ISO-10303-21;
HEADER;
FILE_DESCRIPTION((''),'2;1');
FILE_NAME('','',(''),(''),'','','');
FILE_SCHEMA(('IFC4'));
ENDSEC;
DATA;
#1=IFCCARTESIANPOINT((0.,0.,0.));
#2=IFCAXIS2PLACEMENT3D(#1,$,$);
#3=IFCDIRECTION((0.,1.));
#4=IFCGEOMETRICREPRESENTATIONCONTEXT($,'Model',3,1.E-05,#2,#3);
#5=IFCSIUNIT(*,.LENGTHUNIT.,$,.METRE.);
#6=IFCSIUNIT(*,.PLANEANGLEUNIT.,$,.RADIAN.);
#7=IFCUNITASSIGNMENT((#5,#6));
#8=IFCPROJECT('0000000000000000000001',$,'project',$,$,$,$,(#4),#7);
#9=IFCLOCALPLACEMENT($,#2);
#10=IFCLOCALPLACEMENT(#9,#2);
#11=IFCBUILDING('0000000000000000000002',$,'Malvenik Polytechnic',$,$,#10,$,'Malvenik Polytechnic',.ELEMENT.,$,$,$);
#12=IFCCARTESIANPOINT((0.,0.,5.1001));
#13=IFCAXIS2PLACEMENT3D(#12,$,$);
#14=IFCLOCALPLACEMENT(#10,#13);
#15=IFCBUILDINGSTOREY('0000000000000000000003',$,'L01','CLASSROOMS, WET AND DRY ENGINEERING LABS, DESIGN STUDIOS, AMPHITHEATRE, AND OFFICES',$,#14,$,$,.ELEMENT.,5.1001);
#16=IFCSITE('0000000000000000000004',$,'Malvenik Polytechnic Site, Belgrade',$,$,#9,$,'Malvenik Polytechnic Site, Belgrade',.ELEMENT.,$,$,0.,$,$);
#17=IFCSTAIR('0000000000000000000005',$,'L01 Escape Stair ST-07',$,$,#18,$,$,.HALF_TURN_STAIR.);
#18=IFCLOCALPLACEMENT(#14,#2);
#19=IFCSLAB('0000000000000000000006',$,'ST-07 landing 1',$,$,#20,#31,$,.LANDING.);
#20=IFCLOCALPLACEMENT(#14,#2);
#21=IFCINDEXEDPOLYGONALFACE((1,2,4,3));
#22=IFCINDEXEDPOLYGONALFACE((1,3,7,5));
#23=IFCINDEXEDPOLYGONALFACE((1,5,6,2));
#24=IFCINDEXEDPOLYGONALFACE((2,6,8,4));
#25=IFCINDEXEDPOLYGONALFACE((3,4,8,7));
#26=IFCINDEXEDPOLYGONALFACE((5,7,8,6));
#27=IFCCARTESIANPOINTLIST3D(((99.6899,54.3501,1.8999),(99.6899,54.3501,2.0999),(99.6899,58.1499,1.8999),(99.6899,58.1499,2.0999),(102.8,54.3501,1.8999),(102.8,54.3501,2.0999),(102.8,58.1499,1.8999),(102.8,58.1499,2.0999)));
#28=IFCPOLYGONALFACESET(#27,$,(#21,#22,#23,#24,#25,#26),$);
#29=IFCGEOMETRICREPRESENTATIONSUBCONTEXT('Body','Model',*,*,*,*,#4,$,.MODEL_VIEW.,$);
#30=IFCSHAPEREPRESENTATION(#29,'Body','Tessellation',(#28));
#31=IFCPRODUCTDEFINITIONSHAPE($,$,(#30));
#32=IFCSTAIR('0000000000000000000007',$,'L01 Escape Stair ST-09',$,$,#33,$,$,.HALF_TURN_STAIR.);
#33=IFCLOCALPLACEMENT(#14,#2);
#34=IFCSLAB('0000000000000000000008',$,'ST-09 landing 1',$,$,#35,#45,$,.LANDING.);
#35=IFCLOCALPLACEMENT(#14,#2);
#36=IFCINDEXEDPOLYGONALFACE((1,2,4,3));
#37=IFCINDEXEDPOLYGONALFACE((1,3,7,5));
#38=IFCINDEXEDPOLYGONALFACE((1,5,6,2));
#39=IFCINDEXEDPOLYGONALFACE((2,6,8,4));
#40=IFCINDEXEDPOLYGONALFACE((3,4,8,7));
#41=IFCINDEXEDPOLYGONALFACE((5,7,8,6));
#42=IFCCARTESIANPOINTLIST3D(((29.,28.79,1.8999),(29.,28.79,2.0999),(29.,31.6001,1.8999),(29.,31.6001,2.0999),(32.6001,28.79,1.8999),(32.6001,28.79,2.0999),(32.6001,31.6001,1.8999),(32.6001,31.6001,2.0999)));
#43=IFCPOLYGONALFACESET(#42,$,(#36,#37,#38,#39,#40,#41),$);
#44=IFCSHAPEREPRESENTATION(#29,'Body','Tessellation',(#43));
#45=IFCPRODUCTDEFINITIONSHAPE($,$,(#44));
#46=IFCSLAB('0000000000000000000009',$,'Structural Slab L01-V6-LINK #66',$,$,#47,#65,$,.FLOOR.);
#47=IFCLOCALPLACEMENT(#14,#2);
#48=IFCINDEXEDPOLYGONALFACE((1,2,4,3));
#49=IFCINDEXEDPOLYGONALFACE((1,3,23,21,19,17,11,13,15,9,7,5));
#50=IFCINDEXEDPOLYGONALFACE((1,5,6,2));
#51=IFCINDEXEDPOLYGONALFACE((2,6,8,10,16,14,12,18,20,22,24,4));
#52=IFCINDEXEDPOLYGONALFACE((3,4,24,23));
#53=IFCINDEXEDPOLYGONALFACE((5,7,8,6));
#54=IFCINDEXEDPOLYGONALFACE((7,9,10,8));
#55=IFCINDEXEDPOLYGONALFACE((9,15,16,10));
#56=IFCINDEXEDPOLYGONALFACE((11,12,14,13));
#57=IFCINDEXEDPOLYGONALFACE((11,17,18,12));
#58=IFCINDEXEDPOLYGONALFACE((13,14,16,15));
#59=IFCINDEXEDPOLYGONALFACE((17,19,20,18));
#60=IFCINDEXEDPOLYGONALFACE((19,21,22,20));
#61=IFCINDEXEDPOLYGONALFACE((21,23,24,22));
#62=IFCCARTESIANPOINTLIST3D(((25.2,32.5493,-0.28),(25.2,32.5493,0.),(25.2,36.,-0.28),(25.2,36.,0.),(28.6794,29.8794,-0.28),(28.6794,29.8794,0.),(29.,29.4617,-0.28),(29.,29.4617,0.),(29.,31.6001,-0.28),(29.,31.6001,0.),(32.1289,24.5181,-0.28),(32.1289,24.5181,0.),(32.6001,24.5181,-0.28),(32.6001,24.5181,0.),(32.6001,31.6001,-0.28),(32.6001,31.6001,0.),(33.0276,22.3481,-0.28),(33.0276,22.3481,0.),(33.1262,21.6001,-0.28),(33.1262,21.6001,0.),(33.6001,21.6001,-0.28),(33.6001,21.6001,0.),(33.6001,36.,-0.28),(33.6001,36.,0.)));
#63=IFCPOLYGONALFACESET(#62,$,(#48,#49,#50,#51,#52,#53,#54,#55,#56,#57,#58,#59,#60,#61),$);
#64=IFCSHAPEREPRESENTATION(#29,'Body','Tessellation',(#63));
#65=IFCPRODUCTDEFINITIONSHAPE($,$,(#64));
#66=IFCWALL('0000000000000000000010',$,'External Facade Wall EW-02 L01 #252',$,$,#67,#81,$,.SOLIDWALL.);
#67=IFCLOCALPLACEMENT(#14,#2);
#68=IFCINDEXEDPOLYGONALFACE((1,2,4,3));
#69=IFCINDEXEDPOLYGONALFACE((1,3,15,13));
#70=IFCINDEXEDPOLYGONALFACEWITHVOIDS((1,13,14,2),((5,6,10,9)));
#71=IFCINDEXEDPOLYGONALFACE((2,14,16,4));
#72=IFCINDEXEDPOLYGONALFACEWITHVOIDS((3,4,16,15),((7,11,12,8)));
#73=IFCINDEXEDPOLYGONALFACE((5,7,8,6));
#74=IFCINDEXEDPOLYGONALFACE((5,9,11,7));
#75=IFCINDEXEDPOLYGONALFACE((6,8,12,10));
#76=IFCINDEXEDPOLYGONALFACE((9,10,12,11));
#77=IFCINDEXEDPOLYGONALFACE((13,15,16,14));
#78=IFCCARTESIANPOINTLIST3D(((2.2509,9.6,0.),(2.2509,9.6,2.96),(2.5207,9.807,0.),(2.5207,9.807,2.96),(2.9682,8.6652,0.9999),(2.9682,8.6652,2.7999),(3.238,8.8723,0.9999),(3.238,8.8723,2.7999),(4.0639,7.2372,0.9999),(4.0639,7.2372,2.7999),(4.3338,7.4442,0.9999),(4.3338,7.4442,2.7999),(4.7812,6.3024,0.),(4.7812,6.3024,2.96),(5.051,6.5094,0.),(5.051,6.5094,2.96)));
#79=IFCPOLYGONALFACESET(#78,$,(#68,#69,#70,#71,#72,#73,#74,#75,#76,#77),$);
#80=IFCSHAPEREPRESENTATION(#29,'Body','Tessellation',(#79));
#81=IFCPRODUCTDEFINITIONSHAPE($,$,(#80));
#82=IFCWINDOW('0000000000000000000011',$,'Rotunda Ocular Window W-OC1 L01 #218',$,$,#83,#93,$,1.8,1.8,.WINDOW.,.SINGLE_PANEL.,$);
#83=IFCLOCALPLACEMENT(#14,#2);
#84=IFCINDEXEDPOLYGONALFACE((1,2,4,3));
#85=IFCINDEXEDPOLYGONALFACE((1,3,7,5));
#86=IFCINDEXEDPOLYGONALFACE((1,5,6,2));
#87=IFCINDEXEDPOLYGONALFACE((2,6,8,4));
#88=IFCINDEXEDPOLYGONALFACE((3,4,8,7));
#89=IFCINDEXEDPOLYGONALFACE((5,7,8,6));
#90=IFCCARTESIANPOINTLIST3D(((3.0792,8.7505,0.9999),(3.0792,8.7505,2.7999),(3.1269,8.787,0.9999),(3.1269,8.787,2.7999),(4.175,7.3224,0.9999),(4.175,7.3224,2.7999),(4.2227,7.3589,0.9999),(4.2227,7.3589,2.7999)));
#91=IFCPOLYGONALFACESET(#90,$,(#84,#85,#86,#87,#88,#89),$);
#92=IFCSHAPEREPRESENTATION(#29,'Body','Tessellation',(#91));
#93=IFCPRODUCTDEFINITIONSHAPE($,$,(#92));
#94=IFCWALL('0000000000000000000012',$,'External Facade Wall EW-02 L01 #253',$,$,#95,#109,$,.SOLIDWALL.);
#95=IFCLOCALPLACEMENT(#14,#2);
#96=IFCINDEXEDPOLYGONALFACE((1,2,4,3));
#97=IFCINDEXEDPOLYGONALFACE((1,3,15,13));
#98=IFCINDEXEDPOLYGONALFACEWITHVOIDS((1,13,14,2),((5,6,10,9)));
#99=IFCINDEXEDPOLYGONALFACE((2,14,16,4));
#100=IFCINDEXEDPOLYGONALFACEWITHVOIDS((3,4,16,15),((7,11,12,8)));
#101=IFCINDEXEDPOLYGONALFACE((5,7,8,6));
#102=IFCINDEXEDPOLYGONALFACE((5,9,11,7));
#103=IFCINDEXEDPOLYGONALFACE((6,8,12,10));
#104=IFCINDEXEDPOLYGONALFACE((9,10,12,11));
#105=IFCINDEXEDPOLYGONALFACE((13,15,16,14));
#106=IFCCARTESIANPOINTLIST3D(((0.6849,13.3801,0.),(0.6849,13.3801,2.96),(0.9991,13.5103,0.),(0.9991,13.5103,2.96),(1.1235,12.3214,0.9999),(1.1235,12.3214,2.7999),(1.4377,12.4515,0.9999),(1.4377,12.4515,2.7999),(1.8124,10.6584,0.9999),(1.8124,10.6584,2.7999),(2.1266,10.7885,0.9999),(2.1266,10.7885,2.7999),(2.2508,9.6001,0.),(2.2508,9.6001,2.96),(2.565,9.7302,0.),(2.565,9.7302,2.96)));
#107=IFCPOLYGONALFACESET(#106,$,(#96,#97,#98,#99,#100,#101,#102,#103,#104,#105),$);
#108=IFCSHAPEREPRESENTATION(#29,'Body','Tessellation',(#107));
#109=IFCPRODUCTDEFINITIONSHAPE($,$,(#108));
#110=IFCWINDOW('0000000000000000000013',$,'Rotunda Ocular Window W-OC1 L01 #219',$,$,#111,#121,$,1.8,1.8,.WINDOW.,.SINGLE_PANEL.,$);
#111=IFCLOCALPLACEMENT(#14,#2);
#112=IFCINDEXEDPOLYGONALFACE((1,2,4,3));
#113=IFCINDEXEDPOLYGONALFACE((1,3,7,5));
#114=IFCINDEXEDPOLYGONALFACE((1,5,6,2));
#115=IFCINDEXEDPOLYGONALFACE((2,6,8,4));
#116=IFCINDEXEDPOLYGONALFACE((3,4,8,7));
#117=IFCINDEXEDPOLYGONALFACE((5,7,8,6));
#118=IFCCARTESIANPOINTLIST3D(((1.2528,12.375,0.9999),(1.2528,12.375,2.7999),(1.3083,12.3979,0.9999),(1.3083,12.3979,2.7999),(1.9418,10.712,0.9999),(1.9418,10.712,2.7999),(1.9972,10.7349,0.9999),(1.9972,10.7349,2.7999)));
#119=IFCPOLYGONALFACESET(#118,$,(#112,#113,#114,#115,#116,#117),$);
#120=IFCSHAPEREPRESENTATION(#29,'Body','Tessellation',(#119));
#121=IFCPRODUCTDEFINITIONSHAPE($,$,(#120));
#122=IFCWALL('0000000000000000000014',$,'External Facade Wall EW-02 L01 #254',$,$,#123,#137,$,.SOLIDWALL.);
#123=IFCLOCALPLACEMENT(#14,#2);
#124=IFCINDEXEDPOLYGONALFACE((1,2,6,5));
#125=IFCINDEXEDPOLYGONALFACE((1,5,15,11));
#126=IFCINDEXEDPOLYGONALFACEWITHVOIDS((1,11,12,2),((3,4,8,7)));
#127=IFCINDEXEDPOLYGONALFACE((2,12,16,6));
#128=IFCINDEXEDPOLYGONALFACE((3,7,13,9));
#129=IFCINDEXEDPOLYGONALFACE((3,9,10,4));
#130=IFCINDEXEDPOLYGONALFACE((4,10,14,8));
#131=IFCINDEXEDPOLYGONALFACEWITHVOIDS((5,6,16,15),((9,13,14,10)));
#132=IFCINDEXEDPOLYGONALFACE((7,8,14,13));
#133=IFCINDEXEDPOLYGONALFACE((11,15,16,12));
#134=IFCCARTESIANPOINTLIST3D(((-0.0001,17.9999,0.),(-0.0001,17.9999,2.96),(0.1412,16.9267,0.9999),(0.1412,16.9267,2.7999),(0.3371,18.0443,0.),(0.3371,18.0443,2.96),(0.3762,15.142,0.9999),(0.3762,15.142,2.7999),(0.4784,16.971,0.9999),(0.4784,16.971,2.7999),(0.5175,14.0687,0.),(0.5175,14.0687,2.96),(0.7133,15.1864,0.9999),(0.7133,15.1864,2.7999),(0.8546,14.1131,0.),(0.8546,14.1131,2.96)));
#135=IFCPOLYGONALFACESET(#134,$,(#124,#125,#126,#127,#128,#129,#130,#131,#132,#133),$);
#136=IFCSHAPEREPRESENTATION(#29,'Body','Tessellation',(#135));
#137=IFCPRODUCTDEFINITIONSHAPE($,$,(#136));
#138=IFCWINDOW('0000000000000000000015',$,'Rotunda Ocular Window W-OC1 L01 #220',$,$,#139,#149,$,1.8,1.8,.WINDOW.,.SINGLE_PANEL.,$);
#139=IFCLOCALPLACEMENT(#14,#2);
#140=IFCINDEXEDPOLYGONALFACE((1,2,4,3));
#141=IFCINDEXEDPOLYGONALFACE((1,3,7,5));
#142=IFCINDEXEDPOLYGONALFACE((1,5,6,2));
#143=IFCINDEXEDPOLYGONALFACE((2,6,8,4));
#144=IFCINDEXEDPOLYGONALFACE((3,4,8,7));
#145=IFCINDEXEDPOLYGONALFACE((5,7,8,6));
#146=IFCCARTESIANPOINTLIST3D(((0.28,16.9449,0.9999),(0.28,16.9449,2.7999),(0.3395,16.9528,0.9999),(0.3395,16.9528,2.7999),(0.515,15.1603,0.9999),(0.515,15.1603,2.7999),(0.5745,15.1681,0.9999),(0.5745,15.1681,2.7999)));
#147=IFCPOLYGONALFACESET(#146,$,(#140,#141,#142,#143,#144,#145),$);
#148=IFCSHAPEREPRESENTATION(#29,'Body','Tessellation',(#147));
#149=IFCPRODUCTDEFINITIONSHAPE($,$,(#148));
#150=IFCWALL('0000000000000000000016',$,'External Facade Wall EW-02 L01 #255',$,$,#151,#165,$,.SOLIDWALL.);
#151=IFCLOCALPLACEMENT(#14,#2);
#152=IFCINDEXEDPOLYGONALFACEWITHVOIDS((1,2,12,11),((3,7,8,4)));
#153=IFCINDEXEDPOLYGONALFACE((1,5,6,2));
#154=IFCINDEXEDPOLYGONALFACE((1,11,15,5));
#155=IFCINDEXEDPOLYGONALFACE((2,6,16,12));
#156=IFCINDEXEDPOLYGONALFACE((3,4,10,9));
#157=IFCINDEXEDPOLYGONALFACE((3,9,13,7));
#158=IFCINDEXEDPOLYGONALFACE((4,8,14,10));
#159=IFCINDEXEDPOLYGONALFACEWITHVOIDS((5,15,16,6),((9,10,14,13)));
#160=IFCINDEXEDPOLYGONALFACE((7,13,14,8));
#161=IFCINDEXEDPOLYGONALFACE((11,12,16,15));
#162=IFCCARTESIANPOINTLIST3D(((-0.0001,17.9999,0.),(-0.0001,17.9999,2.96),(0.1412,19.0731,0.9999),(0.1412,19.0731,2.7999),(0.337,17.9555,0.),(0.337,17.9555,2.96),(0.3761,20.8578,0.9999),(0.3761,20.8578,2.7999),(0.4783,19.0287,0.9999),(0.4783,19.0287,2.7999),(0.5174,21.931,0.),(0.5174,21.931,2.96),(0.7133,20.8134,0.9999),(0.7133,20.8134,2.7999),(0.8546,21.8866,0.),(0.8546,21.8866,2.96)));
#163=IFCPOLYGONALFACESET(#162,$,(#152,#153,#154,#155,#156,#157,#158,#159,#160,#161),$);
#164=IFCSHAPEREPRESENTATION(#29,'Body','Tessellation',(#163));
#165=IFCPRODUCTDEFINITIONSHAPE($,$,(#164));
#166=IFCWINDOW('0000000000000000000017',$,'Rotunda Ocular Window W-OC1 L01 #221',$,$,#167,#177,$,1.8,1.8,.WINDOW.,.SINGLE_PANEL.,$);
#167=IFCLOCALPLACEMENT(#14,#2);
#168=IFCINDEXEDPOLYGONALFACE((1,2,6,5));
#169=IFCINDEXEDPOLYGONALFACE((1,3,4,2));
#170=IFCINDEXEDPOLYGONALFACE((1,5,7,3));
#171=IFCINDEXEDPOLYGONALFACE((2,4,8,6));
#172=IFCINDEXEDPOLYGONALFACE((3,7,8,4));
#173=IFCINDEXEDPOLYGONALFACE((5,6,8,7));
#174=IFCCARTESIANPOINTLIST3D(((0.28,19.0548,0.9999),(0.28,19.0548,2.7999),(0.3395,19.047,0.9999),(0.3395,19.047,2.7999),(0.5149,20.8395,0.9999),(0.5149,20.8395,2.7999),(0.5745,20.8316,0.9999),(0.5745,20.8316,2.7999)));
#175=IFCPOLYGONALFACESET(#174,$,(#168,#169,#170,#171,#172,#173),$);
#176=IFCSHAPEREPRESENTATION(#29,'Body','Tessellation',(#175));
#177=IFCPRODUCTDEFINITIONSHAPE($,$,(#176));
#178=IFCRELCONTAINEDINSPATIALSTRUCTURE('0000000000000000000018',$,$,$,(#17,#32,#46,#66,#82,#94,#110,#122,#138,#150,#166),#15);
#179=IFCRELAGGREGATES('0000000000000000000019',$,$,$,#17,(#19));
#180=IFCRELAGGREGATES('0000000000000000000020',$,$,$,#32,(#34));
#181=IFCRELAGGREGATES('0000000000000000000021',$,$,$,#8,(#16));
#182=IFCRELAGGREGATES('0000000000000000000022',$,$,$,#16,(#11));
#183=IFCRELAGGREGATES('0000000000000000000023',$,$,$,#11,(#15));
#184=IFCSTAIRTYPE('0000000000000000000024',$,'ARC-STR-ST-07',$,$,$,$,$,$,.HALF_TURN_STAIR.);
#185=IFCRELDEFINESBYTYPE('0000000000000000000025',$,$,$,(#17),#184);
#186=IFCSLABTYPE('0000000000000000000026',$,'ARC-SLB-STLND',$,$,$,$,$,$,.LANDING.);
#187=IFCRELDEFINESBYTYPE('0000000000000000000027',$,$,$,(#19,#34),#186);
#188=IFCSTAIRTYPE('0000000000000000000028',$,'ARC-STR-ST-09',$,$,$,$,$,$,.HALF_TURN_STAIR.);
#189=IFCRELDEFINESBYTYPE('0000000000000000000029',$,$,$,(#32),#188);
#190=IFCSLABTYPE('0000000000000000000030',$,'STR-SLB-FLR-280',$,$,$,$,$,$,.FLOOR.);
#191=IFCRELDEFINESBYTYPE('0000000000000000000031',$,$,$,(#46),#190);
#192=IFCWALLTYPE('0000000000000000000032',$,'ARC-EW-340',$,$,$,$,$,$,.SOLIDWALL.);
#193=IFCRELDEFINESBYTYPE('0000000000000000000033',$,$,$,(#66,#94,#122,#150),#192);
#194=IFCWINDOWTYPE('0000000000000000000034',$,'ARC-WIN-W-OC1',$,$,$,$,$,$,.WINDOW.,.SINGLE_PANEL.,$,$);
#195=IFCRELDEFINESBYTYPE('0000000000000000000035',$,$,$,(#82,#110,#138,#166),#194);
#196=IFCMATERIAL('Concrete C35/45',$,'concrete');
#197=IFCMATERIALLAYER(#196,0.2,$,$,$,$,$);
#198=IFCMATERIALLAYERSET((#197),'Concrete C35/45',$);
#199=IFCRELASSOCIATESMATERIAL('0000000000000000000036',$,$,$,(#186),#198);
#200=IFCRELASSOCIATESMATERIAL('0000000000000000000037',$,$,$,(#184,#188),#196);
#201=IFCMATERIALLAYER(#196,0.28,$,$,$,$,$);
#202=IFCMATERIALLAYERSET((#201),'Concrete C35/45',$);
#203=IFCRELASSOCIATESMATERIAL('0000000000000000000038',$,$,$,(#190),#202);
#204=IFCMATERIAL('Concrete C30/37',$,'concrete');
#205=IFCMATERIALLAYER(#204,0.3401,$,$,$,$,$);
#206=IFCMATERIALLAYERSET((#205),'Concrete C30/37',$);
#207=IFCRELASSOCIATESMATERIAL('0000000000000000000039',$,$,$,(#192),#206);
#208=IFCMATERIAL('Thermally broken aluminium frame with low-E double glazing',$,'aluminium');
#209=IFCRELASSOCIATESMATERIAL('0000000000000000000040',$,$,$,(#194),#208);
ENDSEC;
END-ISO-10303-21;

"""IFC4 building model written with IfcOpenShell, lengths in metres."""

from ifc_helpers import new_model, si_unit, direction, frame, frame_2d, origin, place, context, subcontext, project, spatial, polyline, rectangle, outline, extrude, material, layer, layer_set, type_object, element, fill, aggregate, save


model = new_model("IFC4")

# Units and contexts
model_context = context("Model", 3, precision=1e-05, world=origin(), true_north=direction((0.0, 1.0)))
body_context = subcontext(model_context, "Body", "Model", "MODEL_VIEW")
ifc_project = project(units=[si_unit("LENGTHUNIT", "METRE"), si_unit("PLANEANGLEUNIT", "RADIAN")], contexts=[model_context])

# Site, building, storey
site_placement = place(None, origin())
site = spatial("IfcSite", under=ifc_project, at=site_placement, Name="Malvenik Polytechnic Site, Belgrade", LongName="Malvenik Polytechnic Site, Belgrade", CompositionType="ELEMENT", RefElevation=0.0)
building_placement = place(site_placement, origin())
building = spatial("IfcBuilding", under=site, at=building_placement, Name="Malvenik Polytechnic", LongName="Malvenik Polytechnic", CompositionType="ELEMENT")
storey_placement = place(building_placement, frame((0.0, 0.0, 5.1001)))
storey = spatial("IfcBuildingStorey", under=building, at=storey_placement, Name="L01", Description="CLASSROOMS, WET AND DRY ENGINEERING LABS, DESIGN STUDIOS, AMPHITHEATRE, AND OFFICES", CompositionType="ELEMENT", Elevation=5.1001)

# Shared definitions
ifc_material_1 = material(Name="Concrete C35/45", Category="concrete")

# Stairs, slabs
ifc_layer_1 = layer(ifc_material_1, 0.2)
ifc_layer_set_1 = layer_set([ifc_layer_1], Name="Concrete C35/45")
slab_type_1 = type_object("IfcSlabType", Name="ARC-SLB-STLND", PredefinedType="LANDING", material=ifc_layer_set_1)
stair_type_1 = type_object("IfcStairType", Name="ARC-STR-ST-07", PredefinedType="HALF_TURN_STAIR", material=ifc_material_1)
stair_1_placement = place(storey_placement, origin())
stair_1 = element("IfcStair", 1, at=stair_1_placement, inside=storey, type_object=stair_type_1, Name="L01 Escape Stair ST-07", PredefinedType="HALF_TURN_STAIR")
slab_1_placement = place(storey_placement, frame((0.0, 0.0, 1.8999)))
slab_1 = element("IfcSlab", 2, at=slab_1_placement, type_object=slab_type_1, Name="ST-07 landing 1", PredefinedType="LANDING", context=body_context, shape_type="SweptSolid", body=[
    extrude(outline(polyline([(99.6899, 54.3501), (102.8, 54.3501), (102.8, 58.1499), (99.6899, 58.1499), (99.6899, 54.3501)])), origin(), (0.0, 0.0, 1.0), 0.2),
])
aggregate(stair_1, [slab_1])
stair_type_2 = type_object("IfcStairType", Name="ARC-STR-ST-09", PredefinedType="HALF_TURN_STAIR", material=ifc_material_1)
stair_2_placement = place(storey_placement, origin())
stair_2 = element("IfcStair", 3, at=stair_2_placement, inside=storey, type_object=stair_type_2, Name="L01 Escape Stair ST-09", PredefinedType="HALF_TURN_STAIR")
slab_2_placement = place(storey_placement, frame((0.0, 0.0, 1.8999)))
slab_2 = element("IfcSlab", 4, at=slab_2_placement, type_object=slab_type_1, Name="ST-09 landing 1", PredefinedType="LANDING", context=body_context, shape_type="SweptSolid", body=[
    extrude(outline(polyline([(32.6001, 28.79), (32.6001, 31.6001), (29.0, 31.6001), (29.0, 28.79), (32.6001, 28.79)])), origin(), (0.0, 0.0, 1.0), 0.2),
])
aggregate(stair_2, [slab_2])

# Slab
ifc_layer_2 = layer(ifc_material_1, 0.28)
ifc_layer_set_2 = layer_set([ifc_layer_2], Name="Concrete C35/45")
slab_type_2 = type_object("IfcSlabType", Name="STR-SLB-FLR-280", PredefinedType="FLOOR", material=ifc_layer_set_2)
slab_3_placement = place(storey_placement, frame((0.0, 0.0, -0.28)))
element("IfcSlab", 5, at=slab_3_placement, inside=storey, type_object=slab_type_2, Name="Structural Slab L01-V6-LINK #66", PredefinedType="FLOOR", context=body_context, shape_type="SweptSolid", body=[
    extrude(outline(polyline([(33.0276, 22.3481), (32.1289, 24.5181), (32.6001, 24.5181), (32.6001, 31.6001), (29.0, 31.6001), (29.0, 29.4617), (28.6794, 29.8794), (25.2, 32.5493), (25.2, 36.0), (33.6001, 36.0), (33.6001, 21.6001), (33.1262, 21.6001), (33.0276, 22.3481)])), origin(), (0.0, 0.0, 1.0), 0.28),
])

# Walls, openings, windows
ifc_material_2 = material(Name="Concrete C30/37", Category="concrete")
ifc_layer_3 = layer(ifc_material_2, 0.3401)
ifc_layer_set_3 = layer_set([ifc_layer_3], Name="Concrete C30/37")
wall_type = type_object("IfcWallType", Name="ARC-EW-340", PredefinedType="SOLIDWALL", material=ifc_layer_set_3)
wall_1_placement = place(storey_placement, frame((4.916, 6.406, 0.0), z_axis=(0.0, 0.0, 1.0), x_axis=(-0.608751, 0.793361, 0.0)))
wall_1 = element("IfcWall", 6, at=wall_1_placement, inside=storey, type_object=wall_type, Name="External Facade Wall EW-02 L01 #252", PredefinedType="SOLIDWALL", context=body_context, shape_type="SweptSolid", body=[
    extrude(rectangle(XDim=4.1565, YDim=0.3401, at=frame_2d((2.0781, 0.0))), origin(), (0.0, 0.0, 1.0), 2.96),
])
opening_1_placement = place(wall_1_placement, frame((1.1782, 0.0, 1.0)))
opening_1 = element("IfcOpeningElement", 7, at=opening_1_placement, cuts=wall_1, PredefinedType="OPENING", context=body_context, shape_type="SweptSolid", body=[
    extrude(rectangle(XDim=1.8, YDim=1.8, at=frame_2d((0.8999, 0.8999))), frame((0.0, 0.1802, 0.0), z_axis=(0.0, -1.0, 0.0), x_axis=(1.0, 0.0, 0.0)), (0.0, 0.0, 1.0), 0.3601),
])
ifc_material_3 = material(Name="Thermally broken aluminium frame with low-E double glazing", Category="aluminium")
window_type = type_object("IfcWindowType", Name="ARC-WIN-W-OC1", PartitioningType="SINGLE_PANEL", PredefinedType="WINDOW", material=ifc_material_3)
window_1_placement = place(opening_1_placement, origin())
window_1 = element("IfcWindow", 8, at=window_1_placement, inside=storey, type_object=window_type, Name="Rotunda Ocular Window W-OC1 L01 #218", OverallHeight=1.8, OverallWidth=1.8, PartitioningType="SINGLE_PANEL", PredefinedType="WINDOW", context=body_context, shape_type="SweptSolid", body=[
    extrude(rectangle(XDim=1.8, YDim=1.8, at=frame_2d((0.8999, 0.8999))), frame((0.0, 0.03, 0.0), z_axis=(0.0, -1.0, 0.0), x_axis=(1.0, 0.0, 0.0)), (0.0, 0.0, 1.0), 0.0601),
])
fill(opening_1, window_1)
wall_2_placement = place(storey_placement, frame((2.408, 9.665, 0.0), z_axis=(0.0, 0.0, 1.0), x_axis=(-0.382721, 0.923864, 0.0)))
wall_2 = element("IfcWall", 9, at=wall_2_placement, inside=storey, type_object=wall_type, Name="External Facade Wall EW-02 L01 #253", PredefinedType="SOLIDWALL", context=body_context, shape_type="SweptSolid", body=[
    extrude(rectangle(XDim=4.0916, YDim=0.3401, at=frame_2d((2.0459, 0.0))), origin(), (0.0, 0.0, 1.0), 2.96),
])
opening_2_placement = place(wall_2_placement, frame((1.1458, 0.0, 1.0)))
opening_2 = element("IfcOpeningElement", 10, at=opening_2_placement, cuts=wall_2, PredefinedType="OPENING", context=body_context, shape_type="SweptSolid", body=[
    extrude(rectangle(XDim=1.8, YDim=1.8, at=frame_2d((0.8999, 0.8999))), frame((0.0, 0.1802, 0.0), z_axis=(0.0, -1.0, 0.0), x_axis=(1.0, 0.0, 0.0)), (0.0, 0.0, 1.0), 0.3601),
])
window_2_placement = place(opening_2_placement, origin())
window_2 = element("IfcWindow", 11, at=window_2_placement, inside=storey, type_object=window_type, Name="Rotunda Ocular Window W-OC1 L01 #219", OverallHeight=1.8, OverallWidth=1.8, PartitioningType="SINGLE_PANEL", PredefinedType="WINDOW", context=body_context, shape_type="SweptSolid", body=[
    extrude(rectangle(XDim=1.8, YDim=1.8, at=frame_2d((0.8999, 0.8999))), frame((0.0, 0.03, 0.0), z_axis=(0.0, -1.0, 0.0), x_axis=(1.0, 0.0, 0.0)), (0.0, 0.0, 1.0), 0.0601),
])
fill(opening_2, window_2)
wall_3_placement = place(storey_placement, frame((0.686, 14.0911, 0.0), z_axis=(0.0, 0.0, 1.0), x_axis=(-0.130534, 0.991444, 0.0)))
wall_3 = element("IfcWall", 12, at=wall_3_placement, inside=storey, type_object=wall_type, Name="External Facade Wall EW-02 L01 #254", PredefinedType="SOLIDWALL", context=body_context, shape_type="SweptSolid", body=[
    extrude(rectangle(XDim=3.9651, YDim=0.3401, at=frame_2d((1.9824, 0.0))), origin(), (0.0, 0.0, 1.0), 2.96),
])
opening_3_placement = place(wall_3_placement, frame((1.0825, 0.0, 1.0)))
opening_3 = element("IfcOpeningElement", 13, at=opening_3_placement, cuts=wall_3, PredefinedType="OPENING", context=body_context, shape_type="SweptSolid", body=[
    extrude(rectangle(XDim=1.8, YDim=1.8, at=frame_2d((0.8999, 0.8999))), frame((0.0, 0.1802, 0.0), z_axis=(0.0, -1.0, 0.0), x_axis=(1.0, 0.0, 0.0)), (0.0, 0.0, 1.0), 0.3601),
])
window_3_placement = place(opening_3_placement, origin())
window_3 = element("IfcWindow", 14, at=window_3_placement, inside=storey, type_object=window_type, Name="Rotunda Ocular Window W-OC1 L01 #220", OverallHeight=1.8, OverallWidth=1.8, PartitioningType="SINGLE_PANEL", PredefinedType="WINDOW", context=body_context, shape_type="SweptSolid", body=[
    extrude(rectangle(XDim=1.8, YDim=1.8, at=frame_2d((0.8999, 0.8999))), frame((0.0, 0.03, 0.0), z_axis=(0.0, -1.0, 0.0), x_axis=(1.0, 0.0, 0.0)), (0.0, 0.0, 1.0), 0.0601),
])
fill(opening_3, window_3)
wall_4_placement = place(storey_placement, frame((0.1685, 17.9778, 0.0), z_axis=(0.0, 0.0, 1.0), x_axis=(0.130534, 0.991444, 0.0)))
wall_4 = element("IfcWall", 15, at=wall_4_placement, inside=storey, type_object=wall_type, Name="External Facade Wall EW-02 L01 #255", PredefinedType="SOLIDWALL", context=body_context, shape_type="SweptSolid", body=[
    extrude(rectangle(XDim=3.9651, YDim=0.3401, at=frame_2d((1.9824, 0.0))), origin(), (0.0, 0.0, 1.0), 2.96),
])
opening_4_placement = place(wall_4_placement, frame((1.0825, 0.0, 1.0)))
opening_4 = element("IfcOpeningElement", 16, at=opening_4_placement, cuts=wall_4, PredefinedType="OPENING", context=body_context, shape_type="SweptSolid", body=[
    extrude(rectangle(XDim=1.8, YDim=1.8, at=frame_2d((0.8999, 0.8999))), frame((0.0, 0.1802, 0.0), z_axis=(0.0, -1.0, 0.0), x_axis=(1.0, 0.0, 0.0)), (0.0, 0.0, 1.0), 0.3601),
])
window_4_placement = place(opening_4_placement, origin())
window_4 = element("IfcWindow", 17, at=window_4_placement, inside=storey, type_object=window_type, Name="Rotunda Ocular Window W-OC1 L01 #221", OverallHeight=1.8, OverallWidth=1.8, PartitioningType="SINGLE_PANEL", PredefinedType="WINDOW", context=body_context, shape_type="SweptSolid", body=[
    extrude(rectangle(XDim=1.8, YDim=1.8, at=frame_2d((0.8999, 0.8999))), frame((0.0, 0.03, 0.0), z_axis=(0.0, -1.0, 0.0), x_axis=(1.0, 0.0, 0.0)), (0.0, 0.0, 1.0), 0.0601),
])
fill(opening_4, window_4)

save(model, "model.ifc")
